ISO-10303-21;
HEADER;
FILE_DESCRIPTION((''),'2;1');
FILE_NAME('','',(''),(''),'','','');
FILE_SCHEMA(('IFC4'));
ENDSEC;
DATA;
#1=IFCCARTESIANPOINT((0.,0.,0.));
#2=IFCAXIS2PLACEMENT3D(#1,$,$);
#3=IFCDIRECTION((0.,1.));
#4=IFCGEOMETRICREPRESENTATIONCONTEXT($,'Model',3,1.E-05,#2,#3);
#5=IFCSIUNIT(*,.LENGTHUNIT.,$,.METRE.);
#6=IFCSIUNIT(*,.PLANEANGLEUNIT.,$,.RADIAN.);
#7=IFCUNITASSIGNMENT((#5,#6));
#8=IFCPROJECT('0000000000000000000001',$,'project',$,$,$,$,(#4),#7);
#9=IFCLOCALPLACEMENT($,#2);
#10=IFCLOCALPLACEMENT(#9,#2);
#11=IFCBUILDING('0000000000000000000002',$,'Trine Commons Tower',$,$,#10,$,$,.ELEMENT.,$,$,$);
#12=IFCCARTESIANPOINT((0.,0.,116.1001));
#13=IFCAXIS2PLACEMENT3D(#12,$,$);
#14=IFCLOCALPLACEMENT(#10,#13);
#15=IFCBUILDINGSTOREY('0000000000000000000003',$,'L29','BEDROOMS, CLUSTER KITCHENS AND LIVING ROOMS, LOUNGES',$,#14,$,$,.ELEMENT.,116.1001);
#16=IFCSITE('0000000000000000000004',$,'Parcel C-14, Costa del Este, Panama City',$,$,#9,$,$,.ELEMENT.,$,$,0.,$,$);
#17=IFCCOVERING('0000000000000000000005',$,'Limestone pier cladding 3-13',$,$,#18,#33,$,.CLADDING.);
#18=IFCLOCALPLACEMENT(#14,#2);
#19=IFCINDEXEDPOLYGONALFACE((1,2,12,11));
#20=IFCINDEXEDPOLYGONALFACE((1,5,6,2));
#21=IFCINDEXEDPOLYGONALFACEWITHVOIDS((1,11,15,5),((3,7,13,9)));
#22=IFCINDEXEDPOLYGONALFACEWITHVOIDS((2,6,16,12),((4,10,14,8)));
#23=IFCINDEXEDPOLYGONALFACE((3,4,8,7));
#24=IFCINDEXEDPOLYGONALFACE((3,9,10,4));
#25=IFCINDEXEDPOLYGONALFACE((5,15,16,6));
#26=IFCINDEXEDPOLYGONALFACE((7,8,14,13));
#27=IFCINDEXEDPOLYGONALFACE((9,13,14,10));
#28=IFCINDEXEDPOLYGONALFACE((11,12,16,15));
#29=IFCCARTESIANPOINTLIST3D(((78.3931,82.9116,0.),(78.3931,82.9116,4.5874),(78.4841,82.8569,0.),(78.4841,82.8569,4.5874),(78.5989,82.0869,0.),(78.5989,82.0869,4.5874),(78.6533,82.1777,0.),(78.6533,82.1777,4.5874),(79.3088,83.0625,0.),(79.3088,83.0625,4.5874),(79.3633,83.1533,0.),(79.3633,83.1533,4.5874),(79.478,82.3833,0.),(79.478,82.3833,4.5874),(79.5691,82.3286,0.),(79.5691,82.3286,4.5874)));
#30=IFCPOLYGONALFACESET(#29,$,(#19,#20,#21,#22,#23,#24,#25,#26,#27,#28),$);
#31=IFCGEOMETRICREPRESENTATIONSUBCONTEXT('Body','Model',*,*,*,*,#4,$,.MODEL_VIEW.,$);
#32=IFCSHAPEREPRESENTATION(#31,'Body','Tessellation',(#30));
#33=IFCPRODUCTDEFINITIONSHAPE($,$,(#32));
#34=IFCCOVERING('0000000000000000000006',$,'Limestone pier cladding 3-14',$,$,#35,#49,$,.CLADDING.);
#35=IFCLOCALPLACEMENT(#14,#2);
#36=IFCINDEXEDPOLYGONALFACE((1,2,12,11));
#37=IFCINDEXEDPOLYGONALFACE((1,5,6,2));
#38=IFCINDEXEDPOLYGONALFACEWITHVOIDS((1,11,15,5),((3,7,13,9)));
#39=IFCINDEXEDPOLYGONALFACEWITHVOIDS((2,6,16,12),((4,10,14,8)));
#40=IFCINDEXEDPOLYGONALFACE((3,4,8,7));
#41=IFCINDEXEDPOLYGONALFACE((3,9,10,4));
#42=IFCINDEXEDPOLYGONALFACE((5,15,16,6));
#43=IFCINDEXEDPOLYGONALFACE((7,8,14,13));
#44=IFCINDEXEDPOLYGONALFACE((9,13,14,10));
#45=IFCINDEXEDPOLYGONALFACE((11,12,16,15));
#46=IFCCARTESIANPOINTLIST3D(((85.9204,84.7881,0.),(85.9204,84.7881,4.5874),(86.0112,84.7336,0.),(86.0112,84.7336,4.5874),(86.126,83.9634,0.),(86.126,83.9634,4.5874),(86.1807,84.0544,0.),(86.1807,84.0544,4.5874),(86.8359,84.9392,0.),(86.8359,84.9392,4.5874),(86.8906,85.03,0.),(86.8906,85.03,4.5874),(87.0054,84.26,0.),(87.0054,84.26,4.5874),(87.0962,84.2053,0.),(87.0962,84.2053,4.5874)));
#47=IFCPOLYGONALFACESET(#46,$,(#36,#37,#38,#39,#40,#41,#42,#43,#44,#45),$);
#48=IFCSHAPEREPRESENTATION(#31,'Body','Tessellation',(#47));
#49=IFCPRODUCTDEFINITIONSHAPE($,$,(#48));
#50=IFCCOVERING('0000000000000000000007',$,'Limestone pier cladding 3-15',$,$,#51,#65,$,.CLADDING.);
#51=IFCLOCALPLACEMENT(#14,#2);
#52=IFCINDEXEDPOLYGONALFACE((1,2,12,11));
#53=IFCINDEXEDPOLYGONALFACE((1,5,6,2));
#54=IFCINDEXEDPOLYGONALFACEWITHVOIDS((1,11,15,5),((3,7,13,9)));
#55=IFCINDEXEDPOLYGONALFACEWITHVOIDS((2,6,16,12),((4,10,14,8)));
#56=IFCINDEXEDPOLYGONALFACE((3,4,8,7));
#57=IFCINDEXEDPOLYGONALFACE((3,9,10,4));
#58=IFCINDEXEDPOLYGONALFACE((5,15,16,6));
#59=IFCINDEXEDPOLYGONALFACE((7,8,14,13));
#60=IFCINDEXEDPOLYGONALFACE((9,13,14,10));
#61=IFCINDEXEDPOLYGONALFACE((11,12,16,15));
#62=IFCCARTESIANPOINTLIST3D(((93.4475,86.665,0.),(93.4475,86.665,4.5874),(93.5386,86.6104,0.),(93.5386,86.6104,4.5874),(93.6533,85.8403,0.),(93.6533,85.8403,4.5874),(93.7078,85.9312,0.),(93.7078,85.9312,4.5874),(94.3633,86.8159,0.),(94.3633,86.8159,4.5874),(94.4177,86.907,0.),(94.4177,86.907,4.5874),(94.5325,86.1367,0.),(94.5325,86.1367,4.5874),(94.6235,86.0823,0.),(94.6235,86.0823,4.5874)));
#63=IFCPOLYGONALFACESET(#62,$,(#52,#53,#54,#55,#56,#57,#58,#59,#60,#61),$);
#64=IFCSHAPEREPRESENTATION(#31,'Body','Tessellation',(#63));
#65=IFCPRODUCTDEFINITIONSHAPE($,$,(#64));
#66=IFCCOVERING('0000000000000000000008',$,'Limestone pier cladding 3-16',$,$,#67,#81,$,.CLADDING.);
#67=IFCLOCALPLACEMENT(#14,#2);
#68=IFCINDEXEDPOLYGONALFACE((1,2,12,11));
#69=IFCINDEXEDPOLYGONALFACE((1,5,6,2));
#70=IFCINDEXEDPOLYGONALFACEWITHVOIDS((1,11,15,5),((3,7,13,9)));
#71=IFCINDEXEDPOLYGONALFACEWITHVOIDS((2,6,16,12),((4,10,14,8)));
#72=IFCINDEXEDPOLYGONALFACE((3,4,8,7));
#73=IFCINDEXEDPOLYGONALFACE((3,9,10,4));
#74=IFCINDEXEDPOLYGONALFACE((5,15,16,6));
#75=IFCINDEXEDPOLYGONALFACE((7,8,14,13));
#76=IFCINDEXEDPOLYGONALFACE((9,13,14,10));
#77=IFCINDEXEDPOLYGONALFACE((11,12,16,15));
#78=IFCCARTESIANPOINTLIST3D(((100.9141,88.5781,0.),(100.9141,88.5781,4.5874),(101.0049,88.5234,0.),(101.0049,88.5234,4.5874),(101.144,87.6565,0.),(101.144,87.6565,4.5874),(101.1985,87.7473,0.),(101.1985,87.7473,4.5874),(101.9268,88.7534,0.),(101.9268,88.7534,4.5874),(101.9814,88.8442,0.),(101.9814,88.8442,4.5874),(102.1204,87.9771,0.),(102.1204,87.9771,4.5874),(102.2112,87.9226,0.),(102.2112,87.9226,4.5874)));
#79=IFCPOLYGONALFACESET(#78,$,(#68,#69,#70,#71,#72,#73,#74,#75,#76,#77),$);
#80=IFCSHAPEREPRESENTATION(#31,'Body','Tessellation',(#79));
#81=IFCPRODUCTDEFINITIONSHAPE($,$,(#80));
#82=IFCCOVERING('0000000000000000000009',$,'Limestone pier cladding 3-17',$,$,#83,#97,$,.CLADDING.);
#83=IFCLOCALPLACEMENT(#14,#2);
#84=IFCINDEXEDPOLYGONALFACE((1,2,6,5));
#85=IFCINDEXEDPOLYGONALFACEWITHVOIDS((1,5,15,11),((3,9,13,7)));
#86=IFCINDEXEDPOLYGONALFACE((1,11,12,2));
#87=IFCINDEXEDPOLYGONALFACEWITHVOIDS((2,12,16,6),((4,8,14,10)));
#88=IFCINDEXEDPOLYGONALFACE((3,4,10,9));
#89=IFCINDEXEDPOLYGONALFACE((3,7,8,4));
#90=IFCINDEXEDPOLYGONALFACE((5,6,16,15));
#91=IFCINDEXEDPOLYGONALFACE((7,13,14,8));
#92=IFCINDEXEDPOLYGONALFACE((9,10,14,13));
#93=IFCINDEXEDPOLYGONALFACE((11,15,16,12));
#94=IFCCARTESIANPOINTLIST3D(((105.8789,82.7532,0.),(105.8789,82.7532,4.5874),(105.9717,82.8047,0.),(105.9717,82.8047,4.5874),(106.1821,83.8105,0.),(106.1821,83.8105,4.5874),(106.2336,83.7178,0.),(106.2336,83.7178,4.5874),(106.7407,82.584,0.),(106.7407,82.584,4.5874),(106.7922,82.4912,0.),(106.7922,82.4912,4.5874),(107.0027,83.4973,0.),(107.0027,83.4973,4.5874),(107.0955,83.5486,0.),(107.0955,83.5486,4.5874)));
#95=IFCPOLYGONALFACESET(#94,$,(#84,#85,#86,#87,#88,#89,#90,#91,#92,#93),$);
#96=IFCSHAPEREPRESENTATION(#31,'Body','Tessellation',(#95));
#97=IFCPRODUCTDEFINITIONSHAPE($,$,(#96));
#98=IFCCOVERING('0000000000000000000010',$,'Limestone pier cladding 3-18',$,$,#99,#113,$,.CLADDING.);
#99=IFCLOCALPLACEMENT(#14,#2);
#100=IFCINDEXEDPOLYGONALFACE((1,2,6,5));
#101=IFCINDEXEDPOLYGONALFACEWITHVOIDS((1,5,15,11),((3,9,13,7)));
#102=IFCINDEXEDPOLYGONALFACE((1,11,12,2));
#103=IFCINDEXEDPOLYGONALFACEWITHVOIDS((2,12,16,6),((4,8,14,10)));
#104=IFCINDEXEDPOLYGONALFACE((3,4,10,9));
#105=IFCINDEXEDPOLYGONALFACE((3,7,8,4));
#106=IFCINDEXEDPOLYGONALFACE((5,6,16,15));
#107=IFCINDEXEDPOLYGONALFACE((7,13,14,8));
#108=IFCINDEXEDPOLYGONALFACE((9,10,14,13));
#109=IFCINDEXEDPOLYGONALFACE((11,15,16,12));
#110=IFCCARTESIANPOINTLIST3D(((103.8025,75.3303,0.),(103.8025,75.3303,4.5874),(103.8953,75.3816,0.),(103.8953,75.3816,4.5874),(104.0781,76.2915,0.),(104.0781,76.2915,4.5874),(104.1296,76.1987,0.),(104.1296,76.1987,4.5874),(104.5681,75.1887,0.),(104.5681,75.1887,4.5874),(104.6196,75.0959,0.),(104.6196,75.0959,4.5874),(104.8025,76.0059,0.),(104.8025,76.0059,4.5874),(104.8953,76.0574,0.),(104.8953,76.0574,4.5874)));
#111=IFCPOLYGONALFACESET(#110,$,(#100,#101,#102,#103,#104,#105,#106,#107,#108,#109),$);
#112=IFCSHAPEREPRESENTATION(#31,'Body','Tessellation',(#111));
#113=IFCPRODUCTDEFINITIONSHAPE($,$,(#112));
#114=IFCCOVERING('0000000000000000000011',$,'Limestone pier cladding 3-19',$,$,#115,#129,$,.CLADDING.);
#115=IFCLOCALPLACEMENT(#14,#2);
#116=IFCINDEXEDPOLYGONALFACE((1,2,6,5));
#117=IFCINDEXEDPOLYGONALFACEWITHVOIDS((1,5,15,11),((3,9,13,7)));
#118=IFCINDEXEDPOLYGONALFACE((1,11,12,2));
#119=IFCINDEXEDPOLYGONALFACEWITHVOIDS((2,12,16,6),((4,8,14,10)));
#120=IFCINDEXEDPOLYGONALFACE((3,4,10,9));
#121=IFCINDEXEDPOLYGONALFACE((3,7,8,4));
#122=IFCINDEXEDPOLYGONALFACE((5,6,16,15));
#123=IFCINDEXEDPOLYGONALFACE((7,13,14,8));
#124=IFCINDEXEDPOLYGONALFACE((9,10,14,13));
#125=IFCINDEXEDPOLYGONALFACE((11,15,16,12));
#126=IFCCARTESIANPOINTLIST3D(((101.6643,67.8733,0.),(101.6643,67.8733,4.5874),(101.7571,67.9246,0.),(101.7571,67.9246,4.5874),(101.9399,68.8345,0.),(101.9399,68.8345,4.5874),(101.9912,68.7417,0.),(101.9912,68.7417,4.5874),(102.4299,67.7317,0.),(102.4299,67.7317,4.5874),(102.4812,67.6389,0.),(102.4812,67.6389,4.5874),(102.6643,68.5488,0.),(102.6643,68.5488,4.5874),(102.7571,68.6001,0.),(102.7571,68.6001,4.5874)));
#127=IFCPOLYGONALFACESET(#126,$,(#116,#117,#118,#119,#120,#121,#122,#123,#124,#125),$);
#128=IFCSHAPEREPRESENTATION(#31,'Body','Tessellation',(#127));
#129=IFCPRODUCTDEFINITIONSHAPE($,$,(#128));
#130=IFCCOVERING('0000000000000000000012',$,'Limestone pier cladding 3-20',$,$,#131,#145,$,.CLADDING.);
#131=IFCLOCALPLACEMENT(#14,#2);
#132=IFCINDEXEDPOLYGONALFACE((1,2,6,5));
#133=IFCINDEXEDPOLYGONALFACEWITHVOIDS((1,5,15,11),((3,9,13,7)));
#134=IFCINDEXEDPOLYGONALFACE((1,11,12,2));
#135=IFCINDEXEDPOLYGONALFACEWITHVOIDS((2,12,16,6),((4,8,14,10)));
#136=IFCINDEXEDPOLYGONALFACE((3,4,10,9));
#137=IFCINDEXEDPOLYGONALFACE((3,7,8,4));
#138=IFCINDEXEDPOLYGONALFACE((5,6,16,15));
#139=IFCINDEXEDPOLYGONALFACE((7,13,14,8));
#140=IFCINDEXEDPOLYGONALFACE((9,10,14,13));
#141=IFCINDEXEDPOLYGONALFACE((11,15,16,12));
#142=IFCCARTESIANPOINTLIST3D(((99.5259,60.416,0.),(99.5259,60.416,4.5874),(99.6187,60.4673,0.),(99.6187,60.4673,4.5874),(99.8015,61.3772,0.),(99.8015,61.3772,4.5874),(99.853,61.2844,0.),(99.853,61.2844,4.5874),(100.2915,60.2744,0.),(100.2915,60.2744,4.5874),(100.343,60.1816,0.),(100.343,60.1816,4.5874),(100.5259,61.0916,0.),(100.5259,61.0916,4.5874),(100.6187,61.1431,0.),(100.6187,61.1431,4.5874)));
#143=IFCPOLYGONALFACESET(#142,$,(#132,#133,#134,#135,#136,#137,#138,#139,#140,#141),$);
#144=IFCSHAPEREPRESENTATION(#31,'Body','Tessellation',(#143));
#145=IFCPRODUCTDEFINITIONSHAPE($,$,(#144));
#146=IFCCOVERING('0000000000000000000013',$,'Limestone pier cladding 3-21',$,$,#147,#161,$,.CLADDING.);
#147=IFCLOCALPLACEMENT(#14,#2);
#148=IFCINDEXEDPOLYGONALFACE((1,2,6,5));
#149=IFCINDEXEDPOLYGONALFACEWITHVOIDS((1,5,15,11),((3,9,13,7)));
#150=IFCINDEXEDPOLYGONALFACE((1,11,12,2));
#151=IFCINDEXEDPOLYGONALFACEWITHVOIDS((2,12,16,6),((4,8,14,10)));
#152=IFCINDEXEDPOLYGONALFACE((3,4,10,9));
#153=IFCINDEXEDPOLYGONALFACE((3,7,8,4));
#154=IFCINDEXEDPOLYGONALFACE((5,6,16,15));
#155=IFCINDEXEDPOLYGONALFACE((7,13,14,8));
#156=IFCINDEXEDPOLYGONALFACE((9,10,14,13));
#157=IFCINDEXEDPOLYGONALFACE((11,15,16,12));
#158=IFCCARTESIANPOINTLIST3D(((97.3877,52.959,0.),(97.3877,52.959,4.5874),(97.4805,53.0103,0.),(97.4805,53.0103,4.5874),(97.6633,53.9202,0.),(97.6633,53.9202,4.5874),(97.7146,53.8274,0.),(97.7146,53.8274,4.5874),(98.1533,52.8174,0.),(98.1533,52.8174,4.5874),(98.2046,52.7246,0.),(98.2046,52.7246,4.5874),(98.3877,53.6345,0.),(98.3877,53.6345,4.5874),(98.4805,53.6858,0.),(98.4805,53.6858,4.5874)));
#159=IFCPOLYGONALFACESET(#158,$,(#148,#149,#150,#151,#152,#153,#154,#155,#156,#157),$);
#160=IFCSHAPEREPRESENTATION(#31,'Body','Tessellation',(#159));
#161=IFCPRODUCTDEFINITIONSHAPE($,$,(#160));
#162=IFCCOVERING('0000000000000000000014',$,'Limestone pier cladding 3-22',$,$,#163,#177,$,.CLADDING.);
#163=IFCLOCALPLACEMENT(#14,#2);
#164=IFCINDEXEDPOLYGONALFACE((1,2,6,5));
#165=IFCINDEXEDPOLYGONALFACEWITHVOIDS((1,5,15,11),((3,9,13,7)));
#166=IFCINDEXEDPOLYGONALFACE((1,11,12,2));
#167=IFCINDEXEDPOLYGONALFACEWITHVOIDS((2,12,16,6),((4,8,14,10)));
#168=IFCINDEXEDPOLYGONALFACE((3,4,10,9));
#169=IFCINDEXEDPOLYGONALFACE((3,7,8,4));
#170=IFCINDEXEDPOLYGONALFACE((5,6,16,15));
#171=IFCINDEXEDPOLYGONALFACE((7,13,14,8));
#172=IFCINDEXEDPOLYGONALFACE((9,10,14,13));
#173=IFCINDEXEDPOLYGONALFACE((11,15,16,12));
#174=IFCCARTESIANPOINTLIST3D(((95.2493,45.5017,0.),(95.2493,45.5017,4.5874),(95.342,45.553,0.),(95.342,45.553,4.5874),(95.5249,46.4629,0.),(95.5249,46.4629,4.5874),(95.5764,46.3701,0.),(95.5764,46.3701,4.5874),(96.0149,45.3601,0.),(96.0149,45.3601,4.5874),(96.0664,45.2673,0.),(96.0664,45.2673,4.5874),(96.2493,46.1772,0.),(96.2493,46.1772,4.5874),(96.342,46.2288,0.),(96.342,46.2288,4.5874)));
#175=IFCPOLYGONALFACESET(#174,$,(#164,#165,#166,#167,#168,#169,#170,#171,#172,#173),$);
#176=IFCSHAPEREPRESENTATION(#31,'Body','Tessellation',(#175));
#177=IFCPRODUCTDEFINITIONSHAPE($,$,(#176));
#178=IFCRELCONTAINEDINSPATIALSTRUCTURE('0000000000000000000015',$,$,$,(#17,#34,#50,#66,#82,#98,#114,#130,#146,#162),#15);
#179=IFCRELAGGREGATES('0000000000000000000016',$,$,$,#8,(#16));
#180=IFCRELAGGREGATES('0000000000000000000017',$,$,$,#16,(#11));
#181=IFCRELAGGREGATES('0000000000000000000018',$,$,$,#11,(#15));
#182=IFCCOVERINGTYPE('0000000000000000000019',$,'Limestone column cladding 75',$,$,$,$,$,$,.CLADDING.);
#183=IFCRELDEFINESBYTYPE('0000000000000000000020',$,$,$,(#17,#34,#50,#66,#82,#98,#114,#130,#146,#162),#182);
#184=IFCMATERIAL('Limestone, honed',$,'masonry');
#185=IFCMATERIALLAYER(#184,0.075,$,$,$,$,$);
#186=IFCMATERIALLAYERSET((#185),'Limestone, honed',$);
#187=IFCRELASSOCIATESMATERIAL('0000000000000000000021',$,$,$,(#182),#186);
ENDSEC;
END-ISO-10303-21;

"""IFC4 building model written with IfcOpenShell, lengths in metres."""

from ifc_helpers import new_model, si_unit, direction, frame, origin, place, context, subcontext, project, spatial, polyline, outline, extrude, material, layer, layer_set, type_object, element, save


model = new_model("IFC4")

# Units and contexts
model_context = context("Model", 3, precision=1e-05, world=origin(), true_north=direction((0.0, 1.0)))
body_context = subcontext(model_context, "Body", "Model", "MODEL_VIEW")
ifc_project = project(units=[si_unit("LENGTHUNIT", "METRE"), si_unit("PLANEANGLEUNIT", "RADIAN")], contexts=[model_context])

# Site, building, storey
site_placement = place(None, origin())
site = spatial("IfcSite", under=ifc_project, at=site_placement, Name="Parcel C-14, Costa del Este, Panama City", CompositionType="ELEMENT", RefElevation=0.0)
building_placement = place(site_placement, origin())
building = spatial("IfcBuilding", under=site, at=building_placement, Name="Trine Commons Tower", CompositionType="ELEMENT")
storey_placement = place(building_placement, frame((0.0, 0.0, 116.1001)))
storey = spatial("IfcBuildingStorey", under=building, at=storey_placement, Name="L29", Description="BEDROOMS, CLUSTER KITCHENS AND LIVING ROOMS, LOUNGES", CompositionType="ELEMENT", Elevation=116.1001)

# Coverings
ifc_material_1 = material(Name="Limestone, honed", Category="masonry")
ifc_layer_1 = layer(ifc_material_1, 0.075)
ifc_layer_set_1 = layer_set([ifc_layer_1], Name="Limestone, honed")
covering_type_1 = type_object("IfcCoveringType", Name="Limestone column cladding 75", PredefinedType="CLADDING", material=ifc_layer_set_1)
covering_1_placement = place(storey_placement, origin())
element("IfcCovering", 1, at=covering_1_placement, inside=storey, type_object=covering_type_1, Name="Limestone pier cladding 3-13", PredefinedType="CLADDING", context=body_context, shape_type="SweptSolid", body=[
    extrude(outline(polyline([(79.5691, 82.3286), (79.3633, 83.1533), (78.3931, 82.9116), (78.5989, 82.0869), (79.5691, 82.3286)]), holes=[polyline([(79.478, 82.3833), (79.3088, 83.0625), (78.4841, 82.8569), (78.6533, 82.1777), (79.478, 82.3833)])]), origin(), (0.0, 0.0, 1.0), 4.5874),
])
covering_2_placement = place(storey_placement, origin())
element("IfcCovering", 2, at=covering_2_placement, inside=storey, type_object=covering_type_1, Name="Limestone pier cladding 3-14", PredefinedType="CLADDING", context=body_context, shape_type="SweptSolid", body=[
    extrude(outline(polyline([(87.0962, 84.2053), (86.8906, 85.03), (85.9204, 84.7881), (86.126, 83.9634), (87.0962, 84.2053)]), holes=[polyline([(87.0054, 84.26), (86.8359, 84.9392), (86.0112, 84.7336), (86.1807, 84.0544), (87.0054, 84.26)])]), origin(), (0.0, 0.0, 1.0), 4.5874),
])
covering_3_placement = place(storey_placement, origin())
element("IfcCovering", 3, at=covering_3_placement, inside=storey, type_object=covering_type_1, Name="Limestone pier cladding 3-15", PredefinedType="CLADDING", context=body_context, shape_type="SweptSolid", body=[
    extrude(outline(polyline([(94.6235, 86.0823), (94.4177, 86.907), (93.4475, 86.665), (93.6533, 85.8403), (94.6235, 86.0823)]), holes=[polyline([(94.5325, 86.1367), (94.3633, 86.8159), (93.5386, 86.6104), (93.7078, 85.9312), (94.5325, 86.1367)])]), origin(), (0.0, 0.0, 1.0), 4.5874),
])
covering_4_placement = place(storey_placement, origin())
element("IfcCovering", 4, at=covering_4_placement, inside=storey, type_object=covering_type_1, Name="Limestone pier cladding 3-16", PredefinedType="CLADDING", context=body_context, shape_type="SweptSolid", body=[
    extrude(outline(polyline([(102.2112, 87.9226), (101.9814, 88.8442), (100.9141, 88.5781), (101.144, 87.6565), (102.2112, 87.9226)]), holes=[polyline([(102.1204, 87.9771), (101.9268, 88.7534), (101.0049, 88.5234), (101.1985, 87.7473), (102.1204, 87.9771)])]), origin(), (0.0, 0.0, 1.0), 4.5874),
])
covering_5_placement = place(storey_placement, origin())
element("IfcCovering", 5, at=covering_5_placement, inside=storey, type_object=covering_type_1, Name="Limestone pier cladding 3-17", PredefinedType="CLADDING", context=body_context, shape_type="SweptSolid", body=[
    extrude(outline(polyline([(107.0955, 83.5486), (106.1821, 83.8105), (105.8789, 82.7532), (106.7922, 82.4912), (107.0955, 83.5486)]), holes=[polyline([(107.0027, 83.4973), (106.2336, 83.7178), (105.9717, 82.8047), (106.7407, 82.584), (107.0027, 83.4973)])]), origin(), (0.0, 0.0, 1.0), 4.5874),
])
covering_6_placement = place(storey_placement, origin())
element("IfcCovering", 6, at=covering_6_placement, inside=storey, type_object=covering_type_1, Name="Limestone pier cladding 3-18", PredefinedType="CLADDING", context=body_context, shape_type="SweptSolid", body=[
    extrude(outline(polyline([(104.8953, 76.0574), (104.0781, 76.2915), (103.8025, 75.3303), (104.6196, 75.0959), (104.8953, 76.0574)]), holes=[polyline([(104.8025, 76.0059), (104.1296, 76.1987), (103.8953, 75.3816), (104.5681, 75.1887), (104.8025, 76.0059)])]), origin(), (0.0, 0.0, 1.0), 4.5874),
])
covering_7_placement = place(storey_placement, origin())
element("IfcCovering", 7, at=covering_7_placement, inside=storey, type_object=covering_type_1, Name="Limestone pier cladding 3-19", PredefinedType="CLADDING", context=body_context, shape_type="SweptSolid", body=[
    extrude(outline(polyline([(102.7571, 68.6001), (101.9399, 68.8345), (101.6643, 67.8733), (102.4812, 67.6389), (102.7571, 68.6001)]), holes=[polyline([(102.6643, 68.5488), (101.9912, 68.7417), (101.7571, 67.9246), (102.4299, 67.7317), (102.6643, 68.5488)])]), origin(), (0.0, 0.0, 1.0), 4.5874),
])
covering_8_placement = place(storey_placement, origin())
element("IfcCovering", 8, at=covering_8_placement, inside=storey, type_object=covering_type_1, Name="Limestone pier cladding 3-20", PredefinedType="CLADDING", context=body_context, shape_type="SweptSolid", body=[
    extrude(outline(polyline([(100.6187, 61.1431), (99.8015, 61.3772), (99.5259, 60.416), (100.343, 60.1816), (100.6187, 61.1431)]), holes=[polyline([(100.5259, 61.0916), (99.853, 61.2844), (99.6187, 60.4673), (100.2915, 60.2744), (100.5259, 61.0916)])]), origin(), (0.0, 0.0, 1.0), 4.5874),
])
covering_9_placement = place(storey_placement, origin())
element("IfcCovering", 9, at=covering_9_placement, inside=storey, type_object=covering_type_1, Name="Limestone pier cladding 3-21", PredefinedType="CLADDING", context=body_context, shape_type="SweptSolid", body=[
    extrude(outline(polyline([(98.4805, 53.6858), (97.6633, 53.9202), (97.3877, 52.959), (98.2046, 52.7246), (98.4805, 53.6858)]), holes=[polyline([(98.3877, 53.6345), (97.7146, 53.8274), (97.4805, 53.0103), (98.1533, 52.8174), (98.3877, 53.6345)])]), origin(), (0.0, 0.0, 1.0), 4.5874),
])
covering_10_placement = place(storey_placement, origin())
element("IfcCovering", 10, at=covering_10_placement, inside=storey, type_object=covering_type_1, Name="Limestone pier cladding 3-22", PredefinedType="CLADDING", context=body_context, shape_type="SweptSolid", body=[
    extrude(outline(polyline([(96.342, 46.2288), (95.5249, 46.4629), (95.2493, 45.5017), (96.0664, 45.2673), (96.342, 46.2288)]), holes=[polyline([(96.2493, 46.1772), (95.5764, 46.3701), (95.342, 45.553), (96.0149, 45.3601), (96.2493, 46.1772)])]), origin(), (0.0, 0.0, 1.0), 4.5874),
])

save(model, "model.ifc")
